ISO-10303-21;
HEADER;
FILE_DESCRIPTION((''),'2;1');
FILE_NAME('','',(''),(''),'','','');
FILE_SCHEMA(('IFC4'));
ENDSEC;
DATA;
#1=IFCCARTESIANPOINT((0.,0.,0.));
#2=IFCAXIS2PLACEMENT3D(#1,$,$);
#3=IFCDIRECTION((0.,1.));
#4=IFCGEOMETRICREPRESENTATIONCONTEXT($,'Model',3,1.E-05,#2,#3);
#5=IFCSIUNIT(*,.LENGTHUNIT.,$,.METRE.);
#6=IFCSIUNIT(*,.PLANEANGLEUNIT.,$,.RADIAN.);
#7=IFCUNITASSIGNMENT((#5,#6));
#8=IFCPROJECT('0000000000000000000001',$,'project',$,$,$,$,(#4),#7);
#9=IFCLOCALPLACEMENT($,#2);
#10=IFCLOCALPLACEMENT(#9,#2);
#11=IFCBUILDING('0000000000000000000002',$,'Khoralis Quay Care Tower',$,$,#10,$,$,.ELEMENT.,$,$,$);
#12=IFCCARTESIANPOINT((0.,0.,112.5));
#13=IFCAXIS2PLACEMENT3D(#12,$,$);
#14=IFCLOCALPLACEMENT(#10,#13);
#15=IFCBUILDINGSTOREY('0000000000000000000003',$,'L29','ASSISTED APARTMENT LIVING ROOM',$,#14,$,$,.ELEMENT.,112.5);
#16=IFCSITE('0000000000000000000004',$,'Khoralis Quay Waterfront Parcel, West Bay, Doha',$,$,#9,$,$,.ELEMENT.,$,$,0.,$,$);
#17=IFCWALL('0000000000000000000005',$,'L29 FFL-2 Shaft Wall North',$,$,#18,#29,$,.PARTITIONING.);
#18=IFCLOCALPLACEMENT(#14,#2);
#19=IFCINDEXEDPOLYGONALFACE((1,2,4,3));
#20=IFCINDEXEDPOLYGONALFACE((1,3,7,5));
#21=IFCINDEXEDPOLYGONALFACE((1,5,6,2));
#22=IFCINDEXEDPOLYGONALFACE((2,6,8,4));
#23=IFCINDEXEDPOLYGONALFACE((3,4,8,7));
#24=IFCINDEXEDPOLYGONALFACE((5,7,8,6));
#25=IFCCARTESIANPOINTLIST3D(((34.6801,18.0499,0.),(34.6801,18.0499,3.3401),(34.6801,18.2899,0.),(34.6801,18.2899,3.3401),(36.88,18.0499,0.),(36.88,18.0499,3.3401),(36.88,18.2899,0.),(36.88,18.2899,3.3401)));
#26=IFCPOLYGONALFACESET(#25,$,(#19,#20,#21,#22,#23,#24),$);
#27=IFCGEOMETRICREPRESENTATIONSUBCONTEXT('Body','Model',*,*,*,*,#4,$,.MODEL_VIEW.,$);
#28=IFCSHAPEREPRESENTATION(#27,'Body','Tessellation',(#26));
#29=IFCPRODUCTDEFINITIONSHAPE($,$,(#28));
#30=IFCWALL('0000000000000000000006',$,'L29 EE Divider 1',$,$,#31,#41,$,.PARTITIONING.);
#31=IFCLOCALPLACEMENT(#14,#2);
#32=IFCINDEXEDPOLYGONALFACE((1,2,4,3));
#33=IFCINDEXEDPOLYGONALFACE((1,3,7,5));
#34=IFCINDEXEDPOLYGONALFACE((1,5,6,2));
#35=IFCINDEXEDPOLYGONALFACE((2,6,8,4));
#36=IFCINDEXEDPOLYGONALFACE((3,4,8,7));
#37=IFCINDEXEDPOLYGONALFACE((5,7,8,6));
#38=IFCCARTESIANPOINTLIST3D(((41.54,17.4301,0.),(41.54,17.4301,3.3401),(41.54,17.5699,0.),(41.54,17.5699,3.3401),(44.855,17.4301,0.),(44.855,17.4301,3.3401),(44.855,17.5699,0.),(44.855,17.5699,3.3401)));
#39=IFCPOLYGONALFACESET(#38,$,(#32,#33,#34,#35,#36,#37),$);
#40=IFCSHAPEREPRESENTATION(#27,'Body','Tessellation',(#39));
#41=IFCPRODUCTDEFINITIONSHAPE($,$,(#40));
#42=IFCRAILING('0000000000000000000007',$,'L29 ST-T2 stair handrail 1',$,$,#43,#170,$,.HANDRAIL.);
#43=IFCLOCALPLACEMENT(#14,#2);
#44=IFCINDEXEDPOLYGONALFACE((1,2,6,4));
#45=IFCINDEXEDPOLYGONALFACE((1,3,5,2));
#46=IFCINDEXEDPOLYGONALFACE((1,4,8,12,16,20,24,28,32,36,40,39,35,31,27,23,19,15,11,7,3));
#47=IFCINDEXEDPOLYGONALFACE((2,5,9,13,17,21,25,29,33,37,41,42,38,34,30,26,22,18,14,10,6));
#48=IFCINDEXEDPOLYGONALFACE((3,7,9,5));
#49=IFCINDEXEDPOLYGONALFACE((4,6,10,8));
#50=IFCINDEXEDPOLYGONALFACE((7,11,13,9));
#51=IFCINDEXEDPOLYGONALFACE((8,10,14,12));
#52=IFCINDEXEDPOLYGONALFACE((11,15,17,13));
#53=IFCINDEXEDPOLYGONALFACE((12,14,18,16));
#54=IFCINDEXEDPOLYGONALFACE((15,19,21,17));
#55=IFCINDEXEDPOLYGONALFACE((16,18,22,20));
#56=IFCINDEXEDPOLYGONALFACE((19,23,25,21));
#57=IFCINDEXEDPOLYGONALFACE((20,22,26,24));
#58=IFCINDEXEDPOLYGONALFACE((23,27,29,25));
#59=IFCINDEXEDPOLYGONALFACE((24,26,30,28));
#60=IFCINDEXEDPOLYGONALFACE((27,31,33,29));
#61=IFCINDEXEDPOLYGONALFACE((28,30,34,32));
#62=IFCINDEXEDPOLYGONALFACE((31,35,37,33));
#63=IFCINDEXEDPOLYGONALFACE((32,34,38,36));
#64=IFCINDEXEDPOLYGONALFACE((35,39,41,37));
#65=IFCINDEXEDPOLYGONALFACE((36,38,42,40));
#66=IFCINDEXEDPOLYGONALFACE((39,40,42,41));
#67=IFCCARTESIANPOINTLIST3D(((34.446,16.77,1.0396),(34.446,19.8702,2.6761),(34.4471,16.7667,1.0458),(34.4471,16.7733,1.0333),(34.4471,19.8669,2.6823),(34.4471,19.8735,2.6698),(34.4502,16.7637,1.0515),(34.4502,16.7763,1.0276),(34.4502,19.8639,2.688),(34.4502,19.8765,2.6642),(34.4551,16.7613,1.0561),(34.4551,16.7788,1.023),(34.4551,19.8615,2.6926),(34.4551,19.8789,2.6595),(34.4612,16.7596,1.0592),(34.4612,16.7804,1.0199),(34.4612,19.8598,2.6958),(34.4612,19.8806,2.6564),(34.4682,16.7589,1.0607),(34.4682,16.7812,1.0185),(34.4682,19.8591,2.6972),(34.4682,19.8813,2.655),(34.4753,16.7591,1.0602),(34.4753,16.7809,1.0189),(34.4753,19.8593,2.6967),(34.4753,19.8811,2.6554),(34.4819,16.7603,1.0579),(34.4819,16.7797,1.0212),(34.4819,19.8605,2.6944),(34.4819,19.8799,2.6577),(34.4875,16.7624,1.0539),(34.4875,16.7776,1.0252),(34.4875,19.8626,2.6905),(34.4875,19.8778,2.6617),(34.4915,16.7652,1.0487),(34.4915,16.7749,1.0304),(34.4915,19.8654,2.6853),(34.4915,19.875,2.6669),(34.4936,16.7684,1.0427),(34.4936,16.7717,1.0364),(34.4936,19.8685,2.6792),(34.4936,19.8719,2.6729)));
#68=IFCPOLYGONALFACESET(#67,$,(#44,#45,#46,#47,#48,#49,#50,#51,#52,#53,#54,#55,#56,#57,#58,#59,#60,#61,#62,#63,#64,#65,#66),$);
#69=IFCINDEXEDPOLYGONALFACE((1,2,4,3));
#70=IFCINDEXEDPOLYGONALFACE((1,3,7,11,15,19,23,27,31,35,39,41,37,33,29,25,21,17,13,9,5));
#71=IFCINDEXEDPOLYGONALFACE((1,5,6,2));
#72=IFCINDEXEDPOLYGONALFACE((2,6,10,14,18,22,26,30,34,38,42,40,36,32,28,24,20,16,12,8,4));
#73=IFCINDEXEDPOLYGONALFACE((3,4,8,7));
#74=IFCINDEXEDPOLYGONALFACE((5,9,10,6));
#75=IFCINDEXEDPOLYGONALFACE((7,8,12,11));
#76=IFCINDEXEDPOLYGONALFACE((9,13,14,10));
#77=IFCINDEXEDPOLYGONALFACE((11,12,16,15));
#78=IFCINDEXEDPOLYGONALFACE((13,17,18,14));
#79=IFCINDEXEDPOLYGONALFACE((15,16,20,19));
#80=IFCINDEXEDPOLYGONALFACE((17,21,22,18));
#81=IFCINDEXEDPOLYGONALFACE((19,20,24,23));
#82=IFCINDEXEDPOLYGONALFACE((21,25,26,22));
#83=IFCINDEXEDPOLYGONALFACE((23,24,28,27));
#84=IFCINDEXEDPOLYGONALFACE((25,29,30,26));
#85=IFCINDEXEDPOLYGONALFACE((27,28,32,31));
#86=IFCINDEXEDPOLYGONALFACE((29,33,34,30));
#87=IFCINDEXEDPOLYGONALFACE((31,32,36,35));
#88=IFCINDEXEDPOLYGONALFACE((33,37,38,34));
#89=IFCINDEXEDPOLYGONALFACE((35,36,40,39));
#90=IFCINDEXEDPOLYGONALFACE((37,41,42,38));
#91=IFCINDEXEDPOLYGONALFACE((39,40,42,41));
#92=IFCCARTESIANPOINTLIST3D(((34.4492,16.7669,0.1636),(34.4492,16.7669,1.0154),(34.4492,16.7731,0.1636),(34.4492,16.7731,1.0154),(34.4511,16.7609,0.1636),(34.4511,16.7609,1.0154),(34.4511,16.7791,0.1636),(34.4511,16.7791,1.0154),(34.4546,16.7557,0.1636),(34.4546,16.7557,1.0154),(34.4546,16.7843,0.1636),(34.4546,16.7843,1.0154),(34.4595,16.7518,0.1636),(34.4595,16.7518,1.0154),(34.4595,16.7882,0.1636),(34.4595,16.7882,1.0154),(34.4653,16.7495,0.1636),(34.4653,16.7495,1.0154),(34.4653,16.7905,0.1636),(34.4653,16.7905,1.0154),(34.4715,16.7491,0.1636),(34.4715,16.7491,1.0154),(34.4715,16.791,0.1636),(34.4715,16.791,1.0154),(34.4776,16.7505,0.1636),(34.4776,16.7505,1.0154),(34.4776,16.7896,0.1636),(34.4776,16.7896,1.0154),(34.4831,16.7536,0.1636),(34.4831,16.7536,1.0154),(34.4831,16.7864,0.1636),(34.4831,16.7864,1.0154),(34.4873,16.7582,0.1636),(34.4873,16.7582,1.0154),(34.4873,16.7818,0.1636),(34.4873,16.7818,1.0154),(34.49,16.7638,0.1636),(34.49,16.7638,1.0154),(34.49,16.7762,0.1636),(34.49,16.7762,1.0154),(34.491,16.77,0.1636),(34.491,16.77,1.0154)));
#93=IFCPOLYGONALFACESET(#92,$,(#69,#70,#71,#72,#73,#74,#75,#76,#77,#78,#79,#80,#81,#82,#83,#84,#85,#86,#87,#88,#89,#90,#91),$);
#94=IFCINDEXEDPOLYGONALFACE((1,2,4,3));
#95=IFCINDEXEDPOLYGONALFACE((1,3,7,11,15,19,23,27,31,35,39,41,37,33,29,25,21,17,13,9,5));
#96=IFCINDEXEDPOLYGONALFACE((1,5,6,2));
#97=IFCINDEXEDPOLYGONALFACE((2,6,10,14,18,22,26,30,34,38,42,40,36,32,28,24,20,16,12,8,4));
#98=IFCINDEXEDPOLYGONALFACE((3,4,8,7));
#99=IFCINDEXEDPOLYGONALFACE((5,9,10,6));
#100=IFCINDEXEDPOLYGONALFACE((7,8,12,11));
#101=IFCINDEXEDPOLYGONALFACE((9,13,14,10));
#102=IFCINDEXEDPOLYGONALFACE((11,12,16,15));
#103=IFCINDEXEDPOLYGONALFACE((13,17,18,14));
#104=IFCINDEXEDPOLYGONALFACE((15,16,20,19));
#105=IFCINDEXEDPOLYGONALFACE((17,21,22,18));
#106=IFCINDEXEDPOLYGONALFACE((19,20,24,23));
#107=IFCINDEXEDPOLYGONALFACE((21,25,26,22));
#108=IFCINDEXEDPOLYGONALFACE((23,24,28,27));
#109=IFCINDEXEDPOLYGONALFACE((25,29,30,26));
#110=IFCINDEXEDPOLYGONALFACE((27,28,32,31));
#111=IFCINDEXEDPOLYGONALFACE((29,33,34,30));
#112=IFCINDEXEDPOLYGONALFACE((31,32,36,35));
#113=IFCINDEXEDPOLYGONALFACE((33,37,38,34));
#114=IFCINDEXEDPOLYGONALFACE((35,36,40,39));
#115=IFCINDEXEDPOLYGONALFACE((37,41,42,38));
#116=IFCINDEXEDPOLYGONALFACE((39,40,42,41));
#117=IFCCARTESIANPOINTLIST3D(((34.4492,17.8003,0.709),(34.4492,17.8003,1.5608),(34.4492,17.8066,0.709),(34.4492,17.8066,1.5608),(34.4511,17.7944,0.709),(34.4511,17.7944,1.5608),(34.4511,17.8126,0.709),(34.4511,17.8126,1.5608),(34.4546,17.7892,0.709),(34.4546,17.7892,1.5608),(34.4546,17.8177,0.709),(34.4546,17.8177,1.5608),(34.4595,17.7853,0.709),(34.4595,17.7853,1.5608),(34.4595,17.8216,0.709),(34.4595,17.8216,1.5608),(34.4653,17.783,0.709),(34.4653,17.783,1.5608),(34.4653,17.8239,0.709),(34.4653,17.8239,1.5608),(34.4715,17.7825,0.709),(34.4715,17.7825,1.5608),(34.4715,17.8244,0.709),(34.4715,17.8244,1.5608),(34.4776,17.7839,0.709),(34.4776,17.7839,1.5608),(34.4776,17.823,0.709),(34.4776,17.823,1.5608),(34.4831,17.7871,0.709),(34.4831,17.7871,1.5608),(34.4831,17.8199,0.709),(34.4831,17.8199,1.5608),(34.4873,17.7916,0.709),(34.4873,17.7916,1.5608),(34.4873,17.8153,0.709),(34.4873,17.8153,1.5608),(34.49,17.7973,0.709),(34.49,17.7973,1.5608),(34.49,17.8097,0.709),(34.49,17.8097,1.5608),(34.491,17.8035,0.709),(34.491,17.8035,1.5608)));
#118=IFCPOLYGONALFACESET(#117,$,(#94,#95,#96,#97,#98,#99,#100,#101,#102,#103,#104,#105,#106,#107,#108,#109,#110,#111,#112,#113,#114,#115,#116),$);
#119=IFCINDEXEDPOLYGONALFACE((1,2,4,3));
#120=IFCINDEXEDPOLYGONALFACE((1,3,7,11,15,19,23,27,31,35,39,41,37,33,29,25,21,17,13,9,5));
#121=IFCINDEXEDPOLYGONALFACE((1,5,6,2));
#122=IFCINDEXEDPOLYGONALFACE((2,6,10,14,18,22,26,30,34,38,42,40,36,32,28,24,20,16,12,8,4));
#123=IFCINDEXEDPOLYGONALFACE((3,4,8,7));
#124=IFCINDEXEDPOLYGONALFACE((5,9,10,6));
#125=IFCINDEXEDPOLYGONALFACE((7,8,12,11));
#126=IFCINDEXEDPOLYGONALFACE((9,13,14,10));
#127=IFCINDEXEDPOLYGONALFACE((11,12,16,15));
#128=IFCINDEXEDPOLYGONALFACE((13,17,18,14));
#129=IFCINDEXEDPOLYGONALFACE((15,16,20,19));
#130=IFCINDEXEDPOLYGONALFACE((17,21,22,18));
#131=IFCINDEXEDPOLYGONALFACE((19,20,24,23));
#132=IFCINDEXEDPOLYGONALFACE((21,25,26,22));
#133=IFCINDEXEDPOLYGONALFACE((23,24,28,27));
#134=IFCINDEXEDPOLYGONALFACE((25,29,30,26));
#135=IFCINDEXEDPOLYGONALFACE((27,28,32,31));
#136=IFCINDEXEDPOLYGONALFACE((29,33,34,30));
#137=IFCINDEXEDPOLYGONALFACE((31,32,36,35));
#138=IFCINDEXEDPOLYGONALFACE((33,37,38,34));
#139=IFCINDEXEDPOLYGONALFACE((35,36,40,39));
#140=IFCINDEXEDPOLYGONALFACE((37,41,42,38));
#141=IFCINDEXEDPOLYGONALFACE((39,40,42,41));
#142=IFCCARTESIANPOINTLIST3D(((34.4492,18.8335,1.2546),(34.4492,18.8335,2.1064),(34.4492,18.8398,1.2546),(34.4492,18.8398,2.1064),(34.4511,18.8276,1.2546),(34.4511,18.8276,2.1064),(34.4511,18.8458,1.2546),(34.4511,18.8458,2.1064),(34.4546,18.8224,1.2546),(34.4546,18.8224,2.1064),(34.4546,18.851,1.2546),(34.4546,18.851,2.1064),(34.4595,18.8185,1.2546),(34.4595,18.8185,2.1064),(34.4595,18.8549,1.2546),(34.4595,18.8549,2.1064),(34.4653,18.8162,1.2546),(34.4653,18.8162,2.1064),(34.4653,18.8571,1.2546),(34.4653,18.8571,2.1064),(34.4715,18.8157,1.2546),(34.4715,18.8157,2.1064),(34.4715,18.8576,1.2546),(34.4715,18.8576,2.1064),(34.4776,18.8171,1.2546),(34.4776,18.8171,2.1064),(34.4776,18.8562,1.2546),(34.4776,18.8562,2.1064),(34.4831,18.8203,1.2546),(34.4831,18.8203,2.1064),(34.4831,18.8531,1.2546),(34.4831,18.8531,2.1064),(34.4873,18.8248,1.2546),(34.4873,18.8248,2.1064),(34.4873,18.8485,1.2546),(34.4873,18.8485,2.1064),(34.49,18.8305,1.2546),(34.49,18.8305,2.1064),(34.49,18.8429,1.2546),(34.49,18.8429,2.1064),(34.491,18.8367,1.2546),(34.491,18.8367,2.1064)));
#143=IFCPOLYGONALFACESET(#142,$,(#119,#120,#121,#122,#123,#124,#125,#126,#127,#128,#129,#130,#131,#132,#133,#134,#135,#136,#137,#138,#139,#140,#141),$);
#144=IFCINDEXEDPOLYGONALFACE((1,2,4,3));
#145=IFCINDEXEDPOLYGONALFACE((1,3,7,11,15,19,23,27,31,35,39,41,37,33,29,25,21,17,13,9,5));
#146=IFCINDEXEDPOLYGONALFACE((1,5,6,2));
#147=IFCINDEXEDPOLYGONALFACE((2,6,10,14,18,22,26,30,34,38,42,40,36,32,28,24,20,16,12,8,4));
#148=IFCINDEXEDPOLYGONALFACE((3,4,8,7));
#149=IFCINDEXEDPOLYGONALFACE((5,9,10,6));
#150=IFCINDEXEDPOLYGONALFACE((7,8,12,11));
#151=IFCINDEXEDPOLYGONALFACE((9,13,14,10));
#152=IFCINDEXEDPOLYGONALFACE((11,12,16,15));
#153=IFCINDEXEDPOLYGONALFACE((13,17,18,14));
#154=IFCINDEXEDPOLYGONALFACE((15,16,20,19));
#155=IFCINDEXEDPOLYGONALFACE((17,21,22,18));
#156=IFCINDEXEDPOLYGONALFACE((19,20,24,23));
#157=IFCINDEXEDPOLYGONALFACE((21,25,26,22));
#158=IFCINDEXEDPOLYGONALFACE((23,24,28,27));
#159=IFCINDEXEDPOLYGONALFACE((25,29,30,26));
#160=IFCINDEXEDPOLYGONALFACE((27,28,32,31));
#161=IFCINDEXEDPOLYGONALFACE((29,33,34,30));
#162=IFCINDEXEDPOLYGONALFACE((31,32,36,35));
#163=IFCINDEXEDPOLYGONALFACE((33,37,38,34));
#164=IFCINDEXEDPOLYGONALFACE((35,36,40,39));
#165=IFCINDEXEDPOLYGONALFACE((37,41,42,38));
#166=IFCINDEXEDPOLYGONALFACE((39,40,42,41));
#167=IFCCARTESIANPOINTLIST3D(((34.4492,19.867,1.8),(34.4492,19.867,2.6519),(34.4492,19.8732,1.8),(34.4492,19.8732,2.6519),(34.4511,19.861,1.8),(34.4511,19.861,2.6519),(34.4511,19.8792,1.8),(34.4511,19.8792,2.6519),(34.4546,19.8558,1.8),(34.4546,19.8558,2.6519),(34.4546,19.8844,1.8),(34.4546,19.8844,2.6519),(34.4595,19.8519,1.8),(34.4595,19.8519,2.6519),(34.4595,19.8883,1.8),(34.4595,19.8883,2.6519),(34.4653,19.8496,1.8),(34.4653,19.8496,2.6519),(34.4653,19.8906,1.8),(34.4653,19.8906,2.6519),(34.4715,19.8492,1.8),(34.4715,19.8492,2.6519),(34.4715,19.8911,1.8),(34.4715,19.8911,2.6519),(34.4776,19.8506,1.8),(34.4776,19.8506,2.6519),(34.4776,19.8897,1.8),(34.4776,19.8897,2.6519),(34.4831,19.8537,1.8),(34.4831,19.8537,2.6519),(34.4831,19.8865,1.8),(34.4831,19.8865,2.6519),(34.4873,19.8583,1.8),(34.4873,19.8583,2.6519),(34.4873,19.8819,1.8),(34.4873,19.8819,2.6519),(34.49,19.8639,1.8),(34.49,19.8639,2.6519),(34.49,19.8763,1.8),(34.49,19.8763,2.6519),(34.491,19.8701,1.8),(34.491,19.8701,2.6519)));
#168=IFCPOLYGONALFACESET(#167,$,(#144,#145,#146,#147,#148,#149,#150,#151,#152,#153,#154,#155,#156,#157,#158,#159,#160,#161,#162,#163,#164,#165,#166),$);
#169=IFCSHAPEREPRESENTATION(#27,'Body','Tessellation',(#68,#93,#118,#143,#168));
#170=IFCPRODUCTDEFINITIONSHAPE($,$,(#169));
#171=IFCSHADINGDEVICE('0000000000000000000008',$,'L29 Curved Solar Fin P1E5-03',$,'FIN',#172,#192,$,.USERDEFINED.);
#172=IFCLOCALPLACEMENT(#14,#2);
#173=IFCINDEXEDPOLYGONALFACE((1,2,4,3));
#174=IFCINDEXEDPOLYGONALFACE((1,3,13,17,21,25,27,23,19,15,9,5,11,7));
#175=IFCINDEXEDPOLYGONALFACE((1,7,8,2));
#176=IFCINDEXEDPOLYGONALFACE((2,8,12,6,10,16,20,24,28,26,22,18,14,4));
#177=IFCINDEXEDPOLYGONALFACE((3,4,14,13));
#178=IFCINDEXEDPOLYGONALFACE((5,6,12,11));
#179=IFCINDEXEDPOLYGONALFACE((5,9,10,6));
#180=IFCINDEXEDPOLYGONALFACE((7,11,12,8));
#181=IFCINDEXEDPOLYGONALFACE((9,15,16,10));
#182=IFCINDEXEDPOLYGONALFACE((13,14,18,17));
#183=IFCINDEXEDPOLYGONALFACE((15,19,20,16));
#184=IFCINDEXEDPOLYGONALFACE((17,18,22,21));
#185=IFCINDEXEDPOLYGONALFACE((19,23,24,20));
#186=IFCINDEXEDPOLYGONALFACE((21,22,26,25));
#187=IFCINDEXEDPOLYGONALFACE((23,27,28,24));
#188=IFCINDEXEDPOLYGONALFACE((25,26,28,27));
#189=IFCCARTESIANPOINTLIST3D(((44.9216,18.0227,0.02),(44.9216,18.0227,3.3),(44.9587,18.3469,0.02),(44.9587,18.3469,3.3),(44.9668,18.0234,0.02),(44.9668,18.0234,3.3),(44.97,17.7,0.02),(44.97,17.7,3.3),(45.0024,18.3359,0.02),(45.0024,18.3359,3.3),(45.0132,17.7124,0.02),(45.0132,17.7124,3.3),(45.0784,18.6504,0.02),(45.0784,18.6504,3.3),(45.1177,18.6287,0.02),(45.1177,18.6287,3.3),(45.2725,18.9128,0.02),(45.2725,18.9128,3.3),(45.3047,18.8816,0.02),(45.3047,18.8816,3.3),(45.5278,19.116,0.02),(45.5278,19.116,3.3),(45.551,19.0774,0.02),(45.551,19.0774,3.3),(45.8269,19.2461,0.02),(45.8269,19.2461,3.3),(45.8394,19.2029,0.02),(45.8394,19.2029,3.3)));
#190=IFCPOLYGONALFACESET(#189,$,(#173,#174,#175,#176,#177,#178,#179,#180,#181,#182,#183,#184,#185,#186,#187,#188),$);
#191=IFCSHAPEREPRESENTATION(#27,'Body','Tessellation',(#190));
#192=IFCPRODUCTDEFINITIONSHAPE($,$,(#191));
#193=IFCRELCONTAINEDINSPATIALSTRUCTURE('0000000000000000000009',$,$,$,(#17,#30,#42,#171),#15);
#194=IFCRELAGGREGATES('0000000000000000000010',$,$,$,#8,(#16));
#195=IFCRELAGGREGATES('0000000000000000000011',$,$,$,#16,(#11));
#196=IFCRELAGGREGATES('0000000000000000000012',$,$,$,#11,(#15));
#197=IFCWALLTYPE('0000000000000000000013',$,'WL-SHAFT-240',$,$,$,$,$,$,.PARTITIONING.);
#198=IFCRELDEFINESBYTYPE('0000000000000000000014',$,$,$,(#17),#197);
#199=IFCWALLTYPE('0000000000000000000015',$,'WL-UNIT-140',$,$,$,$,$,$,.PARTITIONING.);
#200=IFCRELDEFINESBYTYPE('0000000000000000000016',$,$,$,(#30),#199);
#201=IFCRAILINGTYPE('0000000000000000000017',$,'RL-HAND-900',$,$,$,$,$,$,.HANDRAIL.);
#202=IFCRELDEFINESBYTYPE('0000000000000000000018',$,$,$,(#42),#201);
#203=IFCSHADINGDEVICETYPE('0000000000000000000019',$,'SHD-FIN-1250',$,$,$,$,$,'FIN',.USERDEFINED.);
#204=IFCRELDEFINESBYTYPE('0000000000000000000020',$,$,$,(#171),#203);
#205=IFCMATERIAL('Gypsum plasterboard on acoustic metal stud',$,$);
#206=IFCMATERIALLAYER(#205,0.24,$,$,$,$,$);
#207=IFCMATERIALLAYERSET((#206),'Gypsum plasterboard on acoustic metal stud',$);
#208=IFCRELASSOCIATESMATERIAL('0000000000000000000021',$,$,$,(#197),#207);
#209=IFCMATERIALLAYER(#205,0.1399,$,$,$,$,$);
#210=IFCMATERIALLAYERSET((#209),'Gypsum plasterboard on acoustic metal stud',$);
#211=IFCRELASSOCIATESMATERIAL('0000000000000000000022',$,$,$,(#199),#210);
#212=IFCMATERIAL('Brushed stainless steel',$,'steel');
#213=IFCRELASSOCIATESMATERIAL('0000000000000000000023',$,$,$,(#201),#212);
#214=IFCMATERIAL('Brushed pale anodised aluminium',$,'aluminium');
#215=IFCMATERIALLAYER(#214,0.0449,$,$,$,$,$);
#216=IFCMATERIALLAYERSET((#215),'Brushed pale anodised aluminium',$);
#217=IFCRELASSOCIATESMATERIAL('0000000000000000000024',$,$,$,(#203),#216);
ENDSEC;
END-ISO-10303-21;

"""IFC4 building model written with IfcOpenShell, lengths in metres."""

from ifc_helpers import new_model, si_unit, direction, frame, frame_2d, origin, origin_2d, place, context, subcontext, project, spatial, polyline, rectangle, circle, outline, extrude, source, transform, mapped, material, layer, layer_set, type_object, element, save


model = new_model("IFC4")

# Units and contexts
model_context = context("Model", 3, precision=1e-05, world=origin(), true_north=direction((0.0, 1.0)))
body_context = subcontext(model_context, "Body", "Model", "MODEL_VIEW")
ifc_project = project(units=[si_unit("LENGTHUNIT", "METRE"), si_unit("PLANEANGLEUNIT", "RADIAN")], contexts=[model_context])

# Site, building, storey
site_placement = place(None, origin())
site = spatial("IfcSite", under=ifc_project, at=site_placement, Name="Khoralis Quay Waterfront Parcel, West Bay, Doha", CompositionType="ELEMENT", RefElevation=0.0)
building_placement = place(site_placement, origin())
building = spatial("IfcBuilding", under=site, at=building_placement, Name="Khoralis Quay Care Tower", CompositionType="ELEMENT")
storey_placement = place(building_placement, frame((0.0, 0.0, 112.5)))
storey = spatial("IfcBuildingStorey", under=building, at=storey_placement, Name="L29", Description="ASSISTED APARTMENT LIVING ROOM", CompositionType="ELEMENT", Elevation=112.5)

# Walls
ifc_material_1 = material(Name="Gypsum plasterboard on acoustic metal stud")
ifc_layer_1 = layer(ifc_material_1, 0.24)
ifc_layer_set_1 = layer_set([ifc_layer_1], Name="Gypsum plasterboard on acoustic metal stud")
wall_type_1 = type_object("IfcWallType", Name="WL-SHAFT-240", PredefinedType="PARTITIONING", material=ifc_layer_set_1)
wall_1_placement = place(storey_placement, frame((34.6799, 18.1699, 0.0), z_axis=(0.0, 0.0, 1.0), x_axis=(1.0, 0.0, 0.0)))
element("IfcWall", 1, at=wall_1_placement, inside=storey, type_object=wall_type_1, Name="L29 FFL-2 Shaft Wall North", PredefinedType="PARTITIONING", context=body_context, shape_type="SweptSolid", body=[
    extrude(rectangle(XDim=2.2, YDim=0.24, at=frame_2d((1.1001, 0.0))), origin(), (0.0, 0.0, 1.0), 3.3401),
])
ifc_layer_2 = layer(ifc_material_1, 0.1399)
ifc_layer_set_2 = layer_set([ifc_layer_2], Name="Gypsum plasterboard on acoustic metal stud")
wall_type_2 = type_object("IfcWallType", Name="WL-UNIT-140", PredefinedType="PARTITIONING", material=ifc_layer_set_2)
wall_2_placement = place(storey_placement, frame((41.54, 17.5, 0.0), z_axis=(0.0, 0.0, 1.0), x_axis=(1.0, 0.0, 0.0)))
element("IfcWall", 2, at=wall_2_placement, inside=storey, type_object=wall_type_2, Name="L29 EE Divider 1", PredefinedType="PARTITIONING", context=body_context, shape_type="SweptSolid", body=[
    extrude(rectangle(XDim=3.3149, YDim=0.1399, at=frame_2d((1.6575, 0.0))), origin(), (0.0, 0.0, 1.0), 3.3401),
])

# Railing
ifc_material_2 = material(Name="Brushed stainless steel", Category="steel")
railing_type = type_object("IfcRailingType", Name="RL-HAND-900", PredefinedType="HANDRAIL", material=ifc_material_2)
railing_placement = place(storey_placement, frame((34.47, 16.77, 0.1636)))
element("IfcRailing", 3, at=railing_placement, inside=storey, type_object=railing_type, Name="L29 ST-T2 stair handrail 1", PredefinedType="HANDRAIL", context=body_context, shape_type="SweptSolid", body=[
    extrude(circle(Radius=0.0239, at=origin_2d()), frame((0.0, 0.0, 0.876), z_axis=(0.0, 0.884348, 0.466828), x_axis=(-1.0, 0.0, 0.0)), (0.0, 0.0, 1.0), 3.5056),
    extrude(circle(Radius=0.021, at=origin_2d()), origin(), (0.0, 0.0, 1.0), 0.8518),
    extrude(circle(Radius=0.021, at=origin_2d()), frame((0.0, 1.0334, 0.5454)), (0.0, 0.0, 1.0), 0.8518),
    extrude(circle(Radius=0.021, at=origin_2d()), frame((0.0, 2.0667, 1.0911)), (0.0, 0.0, 1.0), 0.8518),
    extrude(circle(Radius=0.021, at=origin_2d()), frame((0.0, 3.1001, 1.6365)), (0.0, 0.0, 1.0), 0.8518),
])

# Shading device
ifc_material_3 = material(Name="Brushed pale anodised aluminium", Category="aluminium")
ifc_layer_3 = layer(ifc_material_3, 0.0449)
ifc_layer_set_3 = layer_set([ifc_layer_3], Name="Brushed pale anodised aluminium")
shading_device_type = type_object("IfcShadingDeviceType", Name="SHD-FIN-1250", ElementType="FIN", PredefinedType="USERDEFINED", material=ifc_layer_set_3)
shared_shape_1 = source(origin(), body_context, "Body", "SweptSolid", [
    extrude(outline(polyline([(0.0, 0.0), (-0.0483, 0.3228), (-0.0112, 0.647), (0.1084, 0.9504), (0.3025, 1.2129), (0.5579, 1.416), (0.8569, 1.5461), (0.8694, 1.5029), (0.5811, 1.3774), (0.3347, 1.1816), (0.1477, 0.9287), (0.0325, 0.636), (-0.0032, 0.3235), (0.0432, 0.0125), (0.0, 0.0)])), origin(), (0.0, 0.0, 1.0), 3.28),
])
shading_device_placement = place(storey_placement, frame((44.97, 17.7, 0.02), z_axis=(0.0, 0.0, 1.0), x_axis=(1.0, 0.0, 0.0)))
element("IfcShadingDevice", 4, at=shading_device_placement, inside=storey, type_object=shading_device_type, Name="L29 Curved Solar Fin P1E5-03", ObjectType="FIN", PredefinedType="USERDEFINED", context=body_context, shape_type="MappedRepresentation", body=[
    mapped(shared_shape_1, transform((0.0, 0.0, 0.0), scale=1.0)),
])

save(model, "model.ifc")
